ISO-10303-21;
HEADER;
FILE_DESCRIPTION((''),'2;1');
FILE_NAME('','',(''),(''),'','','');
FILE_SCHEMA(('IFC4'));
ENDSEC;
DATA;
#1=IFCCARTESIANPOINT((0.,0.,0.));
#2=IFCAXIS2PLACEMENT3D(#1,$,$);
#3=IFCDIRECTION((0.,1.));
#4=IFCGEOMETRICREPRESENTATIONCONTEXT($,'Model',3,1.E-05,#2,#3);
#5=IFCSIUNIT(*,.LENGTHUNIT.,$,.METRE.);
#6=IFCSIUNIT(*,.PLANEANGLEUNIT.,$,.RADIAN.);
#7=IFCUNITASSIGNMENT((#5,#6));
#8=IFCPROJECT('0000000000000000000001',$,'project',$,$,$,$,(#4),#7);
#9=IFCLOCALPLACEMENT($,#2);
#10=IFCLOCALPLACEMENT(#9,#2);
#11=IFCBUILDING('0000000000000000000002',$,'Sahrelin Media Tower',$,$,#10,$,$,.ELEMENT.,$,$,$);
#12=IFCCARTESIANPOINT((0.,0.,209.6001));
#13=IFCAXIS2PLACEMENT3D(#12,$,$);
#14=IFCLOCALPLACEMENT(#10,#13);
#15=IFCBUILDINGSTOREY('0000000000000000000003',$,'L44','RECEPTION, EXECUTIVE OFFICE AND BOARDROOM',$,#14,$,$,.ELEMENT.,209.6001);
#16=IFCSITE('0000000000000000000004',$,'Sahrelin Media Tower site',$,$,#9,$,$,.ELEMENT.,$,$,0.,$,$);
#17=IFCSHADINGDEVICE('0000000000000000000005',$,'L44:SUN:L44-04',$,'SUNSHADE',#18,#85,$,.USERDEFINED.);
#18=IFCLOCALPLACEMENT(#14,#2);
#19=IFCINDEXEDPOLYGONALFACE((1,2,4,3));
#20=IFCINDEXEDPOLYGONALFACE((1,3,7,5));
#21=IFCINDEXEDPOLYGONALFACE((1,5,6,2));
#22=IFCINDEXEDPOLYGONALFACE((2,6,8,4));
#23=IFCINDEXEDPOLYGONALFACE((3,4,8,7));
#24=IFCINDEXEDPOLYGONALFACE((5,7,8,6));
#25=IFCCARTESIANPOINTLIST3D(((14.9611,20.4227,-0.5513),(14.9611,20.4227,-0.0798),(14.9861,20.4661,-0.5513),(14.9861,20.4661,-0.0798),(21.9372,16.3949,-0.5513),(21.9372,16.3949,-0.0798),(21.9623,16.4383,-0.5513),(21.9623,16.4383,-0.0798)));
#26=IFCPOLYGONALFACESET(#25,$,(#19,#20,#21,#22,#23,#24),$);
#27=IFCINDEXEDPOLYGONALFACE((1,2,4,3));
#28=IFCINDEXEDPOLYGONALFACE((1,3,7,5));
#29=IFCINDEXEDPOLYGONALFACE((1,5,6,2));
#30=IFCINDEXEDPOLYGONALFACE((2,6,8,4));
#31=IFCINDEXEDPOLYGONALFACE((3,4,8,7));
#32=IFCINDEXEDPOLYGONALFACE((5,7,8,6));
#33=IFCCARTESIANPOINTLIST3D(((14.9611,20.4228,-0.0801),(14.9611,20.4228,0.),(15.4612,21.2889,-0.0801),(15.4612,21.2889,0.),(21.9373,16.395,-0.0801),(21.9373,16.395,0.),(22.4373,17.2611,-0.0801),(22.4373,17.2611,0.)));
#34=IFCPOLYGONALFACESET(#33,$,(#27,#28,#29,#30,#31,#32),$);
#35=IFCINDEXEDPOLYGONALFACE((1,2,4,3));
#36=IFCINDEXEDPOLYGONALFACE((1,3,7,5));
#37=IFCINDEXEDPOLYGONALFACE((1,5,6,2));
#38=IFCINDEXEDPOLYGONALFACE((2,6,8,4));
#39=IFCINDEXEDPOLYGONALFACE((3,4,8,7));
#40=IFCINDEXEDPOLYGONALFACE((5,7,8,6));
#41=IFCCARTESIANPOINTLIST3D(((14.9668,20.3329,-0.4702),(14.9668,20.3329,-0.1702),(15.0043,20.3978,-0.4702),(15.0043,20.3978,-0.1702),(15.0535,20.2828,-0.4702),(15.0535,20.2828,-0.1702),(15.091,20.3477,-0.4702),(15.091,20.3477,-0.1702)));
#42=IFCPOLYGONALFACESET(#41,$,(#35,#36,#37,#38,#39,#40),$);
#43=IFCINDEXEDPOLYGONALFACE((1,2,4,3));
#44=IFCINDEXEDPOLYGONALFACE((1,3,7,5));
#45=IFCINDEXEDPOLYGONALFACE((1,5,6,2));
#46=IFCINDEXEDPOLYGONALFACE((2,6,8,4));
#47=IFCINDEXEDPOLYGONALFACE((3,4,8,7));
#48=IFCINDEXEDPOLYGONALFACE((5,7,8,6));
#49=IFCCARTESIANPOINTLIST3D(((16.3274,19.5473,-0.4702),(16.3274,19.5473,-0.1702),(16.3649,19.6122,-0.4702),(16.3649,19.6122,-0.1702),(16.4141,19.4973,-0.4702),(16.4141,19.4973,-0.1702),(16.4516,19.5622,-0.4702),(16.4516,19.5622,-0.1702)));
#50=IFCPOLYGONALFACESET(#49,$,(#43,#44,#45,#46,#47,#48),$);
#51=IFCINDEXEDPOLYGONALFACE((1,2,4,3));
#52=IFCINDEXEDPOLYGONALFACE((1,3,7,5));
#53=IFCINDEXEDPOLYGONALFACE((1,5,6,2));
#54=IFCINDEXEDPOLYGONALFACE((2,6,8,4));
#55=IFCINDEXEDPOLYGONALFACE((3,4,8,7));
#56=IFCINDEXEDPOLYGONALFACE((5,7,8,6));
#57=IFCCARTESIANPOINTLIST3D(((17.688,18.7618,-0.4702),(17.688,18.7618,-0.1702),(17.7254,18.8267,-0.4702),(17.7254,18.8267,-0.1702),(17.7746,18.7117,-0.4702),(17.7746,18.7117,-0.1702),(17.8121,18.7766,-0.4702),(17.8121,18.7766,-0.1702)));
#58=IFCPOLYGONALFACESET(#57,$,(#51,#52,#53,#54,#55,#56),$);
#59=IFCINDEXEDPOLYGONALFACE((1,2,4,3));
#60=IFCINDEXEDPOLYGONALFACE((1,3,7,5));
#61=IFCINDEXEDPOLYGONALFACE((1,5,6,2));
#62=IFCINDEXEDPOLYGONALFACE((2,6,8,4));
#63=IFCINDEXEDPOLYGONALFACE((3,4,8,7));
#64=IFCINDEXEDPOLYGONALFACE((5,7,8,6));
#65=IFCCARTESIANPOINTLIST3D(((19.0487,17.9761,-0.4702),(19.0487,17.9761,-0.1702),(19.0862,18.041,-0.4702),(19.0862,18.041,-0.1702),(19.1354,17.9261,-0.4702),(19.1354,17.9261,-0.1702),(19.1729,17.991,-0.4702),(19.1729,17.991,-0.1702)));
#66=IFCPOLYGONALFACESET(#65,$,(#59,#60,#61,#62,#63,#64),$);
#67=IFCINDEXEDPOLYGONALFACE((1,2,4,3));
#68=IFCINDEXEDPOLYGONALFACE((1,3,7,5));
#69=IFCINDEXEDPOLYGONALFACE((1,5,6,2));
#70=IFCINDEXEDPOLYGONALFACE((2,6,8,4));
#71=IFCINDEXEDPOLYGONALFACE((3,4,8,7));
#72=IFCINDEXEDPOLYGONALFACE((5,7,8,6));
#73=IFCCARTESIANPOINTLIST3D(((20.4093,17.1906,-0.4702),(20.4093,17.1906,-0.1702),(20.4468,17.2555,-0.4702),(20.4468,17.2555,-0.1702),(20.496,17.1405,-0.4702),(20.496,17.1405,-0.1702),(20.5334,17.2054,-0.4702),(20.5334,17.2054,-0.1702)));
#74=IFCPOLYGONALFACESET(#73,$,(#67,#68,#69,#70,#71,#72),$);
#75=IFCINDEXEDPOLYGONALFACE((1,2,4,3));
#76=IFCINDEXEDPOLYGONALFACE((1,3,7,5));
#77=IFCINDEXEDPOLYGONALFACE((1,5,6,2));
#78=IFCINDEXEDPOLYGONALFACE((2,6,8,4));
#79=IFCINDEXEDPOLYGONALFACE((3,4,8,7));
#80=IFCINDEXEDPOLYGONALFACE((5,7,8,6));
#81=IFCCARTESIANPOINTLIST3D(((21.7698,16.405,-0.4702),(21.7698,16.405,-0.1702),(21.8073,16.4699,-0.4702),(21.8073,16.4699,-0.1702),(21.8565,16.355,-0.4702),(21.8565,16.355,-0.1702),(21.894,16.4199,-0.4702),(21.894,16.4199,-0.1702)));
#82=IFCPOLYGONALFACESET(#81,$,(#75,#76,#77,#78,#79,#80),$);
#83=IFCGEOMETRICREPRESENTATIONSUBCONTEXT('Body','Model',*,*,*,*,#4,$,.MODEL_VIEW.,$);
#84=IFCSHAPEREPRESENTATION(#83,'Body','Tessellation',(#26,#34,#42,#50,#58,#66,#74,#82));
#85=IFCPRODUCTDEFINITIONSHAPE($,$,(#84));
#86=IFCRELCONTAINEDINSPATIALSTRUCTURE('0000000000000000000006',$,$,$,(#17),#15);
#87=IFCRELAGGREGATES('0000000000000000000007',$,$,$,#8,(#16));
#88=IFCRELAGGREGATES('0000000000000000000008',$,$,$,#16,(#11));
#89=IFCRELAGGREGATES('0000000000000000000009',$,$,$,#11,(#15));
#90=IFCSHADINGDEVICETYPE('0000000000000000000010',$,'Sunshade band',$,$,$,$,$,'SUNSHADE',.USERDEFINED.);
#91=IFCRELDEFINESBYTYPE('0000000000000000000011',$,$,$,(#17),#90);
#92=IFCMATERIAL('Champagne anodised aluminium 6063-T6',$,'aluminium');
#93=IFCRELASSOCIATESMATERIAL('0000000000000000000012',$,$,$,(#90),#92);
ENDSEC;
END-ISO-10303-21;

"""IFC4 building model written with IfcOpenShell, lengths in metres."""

from ifc_helpers import new_model, si_unit, direction, frame, origin, origin_2d, place, context, subcontext, project, spatial, rectangle, extrude, material, type_object, element, save


model = new_model("IFC4")

# Units and contexts
model_context = context("Model", 3, precision=1e-05, world=origin(), true_north=direction((0.0, 1.0)))
body_context = subcontext(model_context, "Body", "Model", "MODEL_VIEW")
ifc_project = project(units=[si_unit("LENGTHUNIT", "METRE"), si_unit("PLANEANGLEUNIT", "RADIAN")], contexts=[model_context])

# Site, building, storey
site_placement = place(None, origin())
site = spatial("IfcSite", under=ifc_project, at=site_placement, Name="Sahrelin Media Tower site", CompositionType="ELEMENT", RefElevation=0.0)
building_placement = place(site_placement, origin())
building = spatial("IfcBuilding", under=site, at=building_placement, Name="Sahrelin Media Tower", CompositionType="ELEMENT")
storey_placement = place(building_placement, frame((0.0, 0.0, 209.6001)))
storey = spatial("IfcBuildingStorey", under=building, at=storey_placement, Name="L44", Description="RECEPTION, EXECUTIVE OFFICE AND BOARDROOM", CompositionType="ELEMENT", Elevation=209.6001)

# Shared definitions
ifc_material_1 = material(Name="Champagne anodised aluminium 6063-T6", Category="aluminium")

# Shading device
placement_1 = place(storey_placement, frame((18.4392, 18.3916, 0.0), z_axis=(0.0, 0.0, 1.0), x_axis=(0.866019, -0.500011, 0.0)))
shading_device_type_1 = type_object("IfcShadingDeviceType", Name="Sunshade band", ElementType="SUNSHADE", PredefinedType="USERDEFINED", material=ifc_material_1)
element("IfcShadingDevice", 1, at=placement_1, inside=storey, type_object=shading_device_type_1, Name="L44:SUN:L44-04", ObjectType="SUNSHADE", PredefinedType="USERDEFINED", context=body_context, shape_type="SweptSolid", body=[
    extrude(rectangle(XDim=8.0554, YDim=0.05, at=origin_2d()), frame((0.0, 0.0449, -0.5513)), (0.0, 0.0, 1.0), 0.4714),
    extrude(rectangle(XDim=8.0554, YDim=1.0, at=origin_2d()), frame((0.0, 0.52, -0.0801)), (0.0, 0.0, 1.0), 0.0801),
    extrude(rectangle(XDim=0.1001, YDim=0.075, at=origin_2d()), frame((-3.9277, -0.0176, -0.4702)), (0.0, 0.0, 1.0), 0.3),
    extrude(rectangle(XDim=0.1001, YDim=0.075, at=origin_2d()), frame((-2.3567, -0.0176, -0.4702)), (0.0, 0.0, 1.0), 0.3),
    extrude(rectangle(XDim=0.1001, YDim=0.075, at=origin_2d()), frame((-0.7856, -0.0176, -0.4702)), (0.0, 0.0, 1.0), 0.3),
    extrude(rectangle(XDim=0.1001, YDim=0.075, at=origin_2d()), frame((0.7856, -0.0176, -0.4702)), (0.0, 0.0, 1.0), 0.3),
    extrude(rectangle(XDim=0.1001, YDim=0.075, at=origin_2d()), frame((2.3567, -0.0176, -0.4702)), (0.0, 0.0, 1.0), 0.3),
    extrude(rectangle(XDim=0.1001, YDim=0.075, at=origin_2d()), frame((3.9277, -0.0176, -0.4702)), (0.0, 0.0, 1.0), 0.3),
])

save(model, "model.ifc")
